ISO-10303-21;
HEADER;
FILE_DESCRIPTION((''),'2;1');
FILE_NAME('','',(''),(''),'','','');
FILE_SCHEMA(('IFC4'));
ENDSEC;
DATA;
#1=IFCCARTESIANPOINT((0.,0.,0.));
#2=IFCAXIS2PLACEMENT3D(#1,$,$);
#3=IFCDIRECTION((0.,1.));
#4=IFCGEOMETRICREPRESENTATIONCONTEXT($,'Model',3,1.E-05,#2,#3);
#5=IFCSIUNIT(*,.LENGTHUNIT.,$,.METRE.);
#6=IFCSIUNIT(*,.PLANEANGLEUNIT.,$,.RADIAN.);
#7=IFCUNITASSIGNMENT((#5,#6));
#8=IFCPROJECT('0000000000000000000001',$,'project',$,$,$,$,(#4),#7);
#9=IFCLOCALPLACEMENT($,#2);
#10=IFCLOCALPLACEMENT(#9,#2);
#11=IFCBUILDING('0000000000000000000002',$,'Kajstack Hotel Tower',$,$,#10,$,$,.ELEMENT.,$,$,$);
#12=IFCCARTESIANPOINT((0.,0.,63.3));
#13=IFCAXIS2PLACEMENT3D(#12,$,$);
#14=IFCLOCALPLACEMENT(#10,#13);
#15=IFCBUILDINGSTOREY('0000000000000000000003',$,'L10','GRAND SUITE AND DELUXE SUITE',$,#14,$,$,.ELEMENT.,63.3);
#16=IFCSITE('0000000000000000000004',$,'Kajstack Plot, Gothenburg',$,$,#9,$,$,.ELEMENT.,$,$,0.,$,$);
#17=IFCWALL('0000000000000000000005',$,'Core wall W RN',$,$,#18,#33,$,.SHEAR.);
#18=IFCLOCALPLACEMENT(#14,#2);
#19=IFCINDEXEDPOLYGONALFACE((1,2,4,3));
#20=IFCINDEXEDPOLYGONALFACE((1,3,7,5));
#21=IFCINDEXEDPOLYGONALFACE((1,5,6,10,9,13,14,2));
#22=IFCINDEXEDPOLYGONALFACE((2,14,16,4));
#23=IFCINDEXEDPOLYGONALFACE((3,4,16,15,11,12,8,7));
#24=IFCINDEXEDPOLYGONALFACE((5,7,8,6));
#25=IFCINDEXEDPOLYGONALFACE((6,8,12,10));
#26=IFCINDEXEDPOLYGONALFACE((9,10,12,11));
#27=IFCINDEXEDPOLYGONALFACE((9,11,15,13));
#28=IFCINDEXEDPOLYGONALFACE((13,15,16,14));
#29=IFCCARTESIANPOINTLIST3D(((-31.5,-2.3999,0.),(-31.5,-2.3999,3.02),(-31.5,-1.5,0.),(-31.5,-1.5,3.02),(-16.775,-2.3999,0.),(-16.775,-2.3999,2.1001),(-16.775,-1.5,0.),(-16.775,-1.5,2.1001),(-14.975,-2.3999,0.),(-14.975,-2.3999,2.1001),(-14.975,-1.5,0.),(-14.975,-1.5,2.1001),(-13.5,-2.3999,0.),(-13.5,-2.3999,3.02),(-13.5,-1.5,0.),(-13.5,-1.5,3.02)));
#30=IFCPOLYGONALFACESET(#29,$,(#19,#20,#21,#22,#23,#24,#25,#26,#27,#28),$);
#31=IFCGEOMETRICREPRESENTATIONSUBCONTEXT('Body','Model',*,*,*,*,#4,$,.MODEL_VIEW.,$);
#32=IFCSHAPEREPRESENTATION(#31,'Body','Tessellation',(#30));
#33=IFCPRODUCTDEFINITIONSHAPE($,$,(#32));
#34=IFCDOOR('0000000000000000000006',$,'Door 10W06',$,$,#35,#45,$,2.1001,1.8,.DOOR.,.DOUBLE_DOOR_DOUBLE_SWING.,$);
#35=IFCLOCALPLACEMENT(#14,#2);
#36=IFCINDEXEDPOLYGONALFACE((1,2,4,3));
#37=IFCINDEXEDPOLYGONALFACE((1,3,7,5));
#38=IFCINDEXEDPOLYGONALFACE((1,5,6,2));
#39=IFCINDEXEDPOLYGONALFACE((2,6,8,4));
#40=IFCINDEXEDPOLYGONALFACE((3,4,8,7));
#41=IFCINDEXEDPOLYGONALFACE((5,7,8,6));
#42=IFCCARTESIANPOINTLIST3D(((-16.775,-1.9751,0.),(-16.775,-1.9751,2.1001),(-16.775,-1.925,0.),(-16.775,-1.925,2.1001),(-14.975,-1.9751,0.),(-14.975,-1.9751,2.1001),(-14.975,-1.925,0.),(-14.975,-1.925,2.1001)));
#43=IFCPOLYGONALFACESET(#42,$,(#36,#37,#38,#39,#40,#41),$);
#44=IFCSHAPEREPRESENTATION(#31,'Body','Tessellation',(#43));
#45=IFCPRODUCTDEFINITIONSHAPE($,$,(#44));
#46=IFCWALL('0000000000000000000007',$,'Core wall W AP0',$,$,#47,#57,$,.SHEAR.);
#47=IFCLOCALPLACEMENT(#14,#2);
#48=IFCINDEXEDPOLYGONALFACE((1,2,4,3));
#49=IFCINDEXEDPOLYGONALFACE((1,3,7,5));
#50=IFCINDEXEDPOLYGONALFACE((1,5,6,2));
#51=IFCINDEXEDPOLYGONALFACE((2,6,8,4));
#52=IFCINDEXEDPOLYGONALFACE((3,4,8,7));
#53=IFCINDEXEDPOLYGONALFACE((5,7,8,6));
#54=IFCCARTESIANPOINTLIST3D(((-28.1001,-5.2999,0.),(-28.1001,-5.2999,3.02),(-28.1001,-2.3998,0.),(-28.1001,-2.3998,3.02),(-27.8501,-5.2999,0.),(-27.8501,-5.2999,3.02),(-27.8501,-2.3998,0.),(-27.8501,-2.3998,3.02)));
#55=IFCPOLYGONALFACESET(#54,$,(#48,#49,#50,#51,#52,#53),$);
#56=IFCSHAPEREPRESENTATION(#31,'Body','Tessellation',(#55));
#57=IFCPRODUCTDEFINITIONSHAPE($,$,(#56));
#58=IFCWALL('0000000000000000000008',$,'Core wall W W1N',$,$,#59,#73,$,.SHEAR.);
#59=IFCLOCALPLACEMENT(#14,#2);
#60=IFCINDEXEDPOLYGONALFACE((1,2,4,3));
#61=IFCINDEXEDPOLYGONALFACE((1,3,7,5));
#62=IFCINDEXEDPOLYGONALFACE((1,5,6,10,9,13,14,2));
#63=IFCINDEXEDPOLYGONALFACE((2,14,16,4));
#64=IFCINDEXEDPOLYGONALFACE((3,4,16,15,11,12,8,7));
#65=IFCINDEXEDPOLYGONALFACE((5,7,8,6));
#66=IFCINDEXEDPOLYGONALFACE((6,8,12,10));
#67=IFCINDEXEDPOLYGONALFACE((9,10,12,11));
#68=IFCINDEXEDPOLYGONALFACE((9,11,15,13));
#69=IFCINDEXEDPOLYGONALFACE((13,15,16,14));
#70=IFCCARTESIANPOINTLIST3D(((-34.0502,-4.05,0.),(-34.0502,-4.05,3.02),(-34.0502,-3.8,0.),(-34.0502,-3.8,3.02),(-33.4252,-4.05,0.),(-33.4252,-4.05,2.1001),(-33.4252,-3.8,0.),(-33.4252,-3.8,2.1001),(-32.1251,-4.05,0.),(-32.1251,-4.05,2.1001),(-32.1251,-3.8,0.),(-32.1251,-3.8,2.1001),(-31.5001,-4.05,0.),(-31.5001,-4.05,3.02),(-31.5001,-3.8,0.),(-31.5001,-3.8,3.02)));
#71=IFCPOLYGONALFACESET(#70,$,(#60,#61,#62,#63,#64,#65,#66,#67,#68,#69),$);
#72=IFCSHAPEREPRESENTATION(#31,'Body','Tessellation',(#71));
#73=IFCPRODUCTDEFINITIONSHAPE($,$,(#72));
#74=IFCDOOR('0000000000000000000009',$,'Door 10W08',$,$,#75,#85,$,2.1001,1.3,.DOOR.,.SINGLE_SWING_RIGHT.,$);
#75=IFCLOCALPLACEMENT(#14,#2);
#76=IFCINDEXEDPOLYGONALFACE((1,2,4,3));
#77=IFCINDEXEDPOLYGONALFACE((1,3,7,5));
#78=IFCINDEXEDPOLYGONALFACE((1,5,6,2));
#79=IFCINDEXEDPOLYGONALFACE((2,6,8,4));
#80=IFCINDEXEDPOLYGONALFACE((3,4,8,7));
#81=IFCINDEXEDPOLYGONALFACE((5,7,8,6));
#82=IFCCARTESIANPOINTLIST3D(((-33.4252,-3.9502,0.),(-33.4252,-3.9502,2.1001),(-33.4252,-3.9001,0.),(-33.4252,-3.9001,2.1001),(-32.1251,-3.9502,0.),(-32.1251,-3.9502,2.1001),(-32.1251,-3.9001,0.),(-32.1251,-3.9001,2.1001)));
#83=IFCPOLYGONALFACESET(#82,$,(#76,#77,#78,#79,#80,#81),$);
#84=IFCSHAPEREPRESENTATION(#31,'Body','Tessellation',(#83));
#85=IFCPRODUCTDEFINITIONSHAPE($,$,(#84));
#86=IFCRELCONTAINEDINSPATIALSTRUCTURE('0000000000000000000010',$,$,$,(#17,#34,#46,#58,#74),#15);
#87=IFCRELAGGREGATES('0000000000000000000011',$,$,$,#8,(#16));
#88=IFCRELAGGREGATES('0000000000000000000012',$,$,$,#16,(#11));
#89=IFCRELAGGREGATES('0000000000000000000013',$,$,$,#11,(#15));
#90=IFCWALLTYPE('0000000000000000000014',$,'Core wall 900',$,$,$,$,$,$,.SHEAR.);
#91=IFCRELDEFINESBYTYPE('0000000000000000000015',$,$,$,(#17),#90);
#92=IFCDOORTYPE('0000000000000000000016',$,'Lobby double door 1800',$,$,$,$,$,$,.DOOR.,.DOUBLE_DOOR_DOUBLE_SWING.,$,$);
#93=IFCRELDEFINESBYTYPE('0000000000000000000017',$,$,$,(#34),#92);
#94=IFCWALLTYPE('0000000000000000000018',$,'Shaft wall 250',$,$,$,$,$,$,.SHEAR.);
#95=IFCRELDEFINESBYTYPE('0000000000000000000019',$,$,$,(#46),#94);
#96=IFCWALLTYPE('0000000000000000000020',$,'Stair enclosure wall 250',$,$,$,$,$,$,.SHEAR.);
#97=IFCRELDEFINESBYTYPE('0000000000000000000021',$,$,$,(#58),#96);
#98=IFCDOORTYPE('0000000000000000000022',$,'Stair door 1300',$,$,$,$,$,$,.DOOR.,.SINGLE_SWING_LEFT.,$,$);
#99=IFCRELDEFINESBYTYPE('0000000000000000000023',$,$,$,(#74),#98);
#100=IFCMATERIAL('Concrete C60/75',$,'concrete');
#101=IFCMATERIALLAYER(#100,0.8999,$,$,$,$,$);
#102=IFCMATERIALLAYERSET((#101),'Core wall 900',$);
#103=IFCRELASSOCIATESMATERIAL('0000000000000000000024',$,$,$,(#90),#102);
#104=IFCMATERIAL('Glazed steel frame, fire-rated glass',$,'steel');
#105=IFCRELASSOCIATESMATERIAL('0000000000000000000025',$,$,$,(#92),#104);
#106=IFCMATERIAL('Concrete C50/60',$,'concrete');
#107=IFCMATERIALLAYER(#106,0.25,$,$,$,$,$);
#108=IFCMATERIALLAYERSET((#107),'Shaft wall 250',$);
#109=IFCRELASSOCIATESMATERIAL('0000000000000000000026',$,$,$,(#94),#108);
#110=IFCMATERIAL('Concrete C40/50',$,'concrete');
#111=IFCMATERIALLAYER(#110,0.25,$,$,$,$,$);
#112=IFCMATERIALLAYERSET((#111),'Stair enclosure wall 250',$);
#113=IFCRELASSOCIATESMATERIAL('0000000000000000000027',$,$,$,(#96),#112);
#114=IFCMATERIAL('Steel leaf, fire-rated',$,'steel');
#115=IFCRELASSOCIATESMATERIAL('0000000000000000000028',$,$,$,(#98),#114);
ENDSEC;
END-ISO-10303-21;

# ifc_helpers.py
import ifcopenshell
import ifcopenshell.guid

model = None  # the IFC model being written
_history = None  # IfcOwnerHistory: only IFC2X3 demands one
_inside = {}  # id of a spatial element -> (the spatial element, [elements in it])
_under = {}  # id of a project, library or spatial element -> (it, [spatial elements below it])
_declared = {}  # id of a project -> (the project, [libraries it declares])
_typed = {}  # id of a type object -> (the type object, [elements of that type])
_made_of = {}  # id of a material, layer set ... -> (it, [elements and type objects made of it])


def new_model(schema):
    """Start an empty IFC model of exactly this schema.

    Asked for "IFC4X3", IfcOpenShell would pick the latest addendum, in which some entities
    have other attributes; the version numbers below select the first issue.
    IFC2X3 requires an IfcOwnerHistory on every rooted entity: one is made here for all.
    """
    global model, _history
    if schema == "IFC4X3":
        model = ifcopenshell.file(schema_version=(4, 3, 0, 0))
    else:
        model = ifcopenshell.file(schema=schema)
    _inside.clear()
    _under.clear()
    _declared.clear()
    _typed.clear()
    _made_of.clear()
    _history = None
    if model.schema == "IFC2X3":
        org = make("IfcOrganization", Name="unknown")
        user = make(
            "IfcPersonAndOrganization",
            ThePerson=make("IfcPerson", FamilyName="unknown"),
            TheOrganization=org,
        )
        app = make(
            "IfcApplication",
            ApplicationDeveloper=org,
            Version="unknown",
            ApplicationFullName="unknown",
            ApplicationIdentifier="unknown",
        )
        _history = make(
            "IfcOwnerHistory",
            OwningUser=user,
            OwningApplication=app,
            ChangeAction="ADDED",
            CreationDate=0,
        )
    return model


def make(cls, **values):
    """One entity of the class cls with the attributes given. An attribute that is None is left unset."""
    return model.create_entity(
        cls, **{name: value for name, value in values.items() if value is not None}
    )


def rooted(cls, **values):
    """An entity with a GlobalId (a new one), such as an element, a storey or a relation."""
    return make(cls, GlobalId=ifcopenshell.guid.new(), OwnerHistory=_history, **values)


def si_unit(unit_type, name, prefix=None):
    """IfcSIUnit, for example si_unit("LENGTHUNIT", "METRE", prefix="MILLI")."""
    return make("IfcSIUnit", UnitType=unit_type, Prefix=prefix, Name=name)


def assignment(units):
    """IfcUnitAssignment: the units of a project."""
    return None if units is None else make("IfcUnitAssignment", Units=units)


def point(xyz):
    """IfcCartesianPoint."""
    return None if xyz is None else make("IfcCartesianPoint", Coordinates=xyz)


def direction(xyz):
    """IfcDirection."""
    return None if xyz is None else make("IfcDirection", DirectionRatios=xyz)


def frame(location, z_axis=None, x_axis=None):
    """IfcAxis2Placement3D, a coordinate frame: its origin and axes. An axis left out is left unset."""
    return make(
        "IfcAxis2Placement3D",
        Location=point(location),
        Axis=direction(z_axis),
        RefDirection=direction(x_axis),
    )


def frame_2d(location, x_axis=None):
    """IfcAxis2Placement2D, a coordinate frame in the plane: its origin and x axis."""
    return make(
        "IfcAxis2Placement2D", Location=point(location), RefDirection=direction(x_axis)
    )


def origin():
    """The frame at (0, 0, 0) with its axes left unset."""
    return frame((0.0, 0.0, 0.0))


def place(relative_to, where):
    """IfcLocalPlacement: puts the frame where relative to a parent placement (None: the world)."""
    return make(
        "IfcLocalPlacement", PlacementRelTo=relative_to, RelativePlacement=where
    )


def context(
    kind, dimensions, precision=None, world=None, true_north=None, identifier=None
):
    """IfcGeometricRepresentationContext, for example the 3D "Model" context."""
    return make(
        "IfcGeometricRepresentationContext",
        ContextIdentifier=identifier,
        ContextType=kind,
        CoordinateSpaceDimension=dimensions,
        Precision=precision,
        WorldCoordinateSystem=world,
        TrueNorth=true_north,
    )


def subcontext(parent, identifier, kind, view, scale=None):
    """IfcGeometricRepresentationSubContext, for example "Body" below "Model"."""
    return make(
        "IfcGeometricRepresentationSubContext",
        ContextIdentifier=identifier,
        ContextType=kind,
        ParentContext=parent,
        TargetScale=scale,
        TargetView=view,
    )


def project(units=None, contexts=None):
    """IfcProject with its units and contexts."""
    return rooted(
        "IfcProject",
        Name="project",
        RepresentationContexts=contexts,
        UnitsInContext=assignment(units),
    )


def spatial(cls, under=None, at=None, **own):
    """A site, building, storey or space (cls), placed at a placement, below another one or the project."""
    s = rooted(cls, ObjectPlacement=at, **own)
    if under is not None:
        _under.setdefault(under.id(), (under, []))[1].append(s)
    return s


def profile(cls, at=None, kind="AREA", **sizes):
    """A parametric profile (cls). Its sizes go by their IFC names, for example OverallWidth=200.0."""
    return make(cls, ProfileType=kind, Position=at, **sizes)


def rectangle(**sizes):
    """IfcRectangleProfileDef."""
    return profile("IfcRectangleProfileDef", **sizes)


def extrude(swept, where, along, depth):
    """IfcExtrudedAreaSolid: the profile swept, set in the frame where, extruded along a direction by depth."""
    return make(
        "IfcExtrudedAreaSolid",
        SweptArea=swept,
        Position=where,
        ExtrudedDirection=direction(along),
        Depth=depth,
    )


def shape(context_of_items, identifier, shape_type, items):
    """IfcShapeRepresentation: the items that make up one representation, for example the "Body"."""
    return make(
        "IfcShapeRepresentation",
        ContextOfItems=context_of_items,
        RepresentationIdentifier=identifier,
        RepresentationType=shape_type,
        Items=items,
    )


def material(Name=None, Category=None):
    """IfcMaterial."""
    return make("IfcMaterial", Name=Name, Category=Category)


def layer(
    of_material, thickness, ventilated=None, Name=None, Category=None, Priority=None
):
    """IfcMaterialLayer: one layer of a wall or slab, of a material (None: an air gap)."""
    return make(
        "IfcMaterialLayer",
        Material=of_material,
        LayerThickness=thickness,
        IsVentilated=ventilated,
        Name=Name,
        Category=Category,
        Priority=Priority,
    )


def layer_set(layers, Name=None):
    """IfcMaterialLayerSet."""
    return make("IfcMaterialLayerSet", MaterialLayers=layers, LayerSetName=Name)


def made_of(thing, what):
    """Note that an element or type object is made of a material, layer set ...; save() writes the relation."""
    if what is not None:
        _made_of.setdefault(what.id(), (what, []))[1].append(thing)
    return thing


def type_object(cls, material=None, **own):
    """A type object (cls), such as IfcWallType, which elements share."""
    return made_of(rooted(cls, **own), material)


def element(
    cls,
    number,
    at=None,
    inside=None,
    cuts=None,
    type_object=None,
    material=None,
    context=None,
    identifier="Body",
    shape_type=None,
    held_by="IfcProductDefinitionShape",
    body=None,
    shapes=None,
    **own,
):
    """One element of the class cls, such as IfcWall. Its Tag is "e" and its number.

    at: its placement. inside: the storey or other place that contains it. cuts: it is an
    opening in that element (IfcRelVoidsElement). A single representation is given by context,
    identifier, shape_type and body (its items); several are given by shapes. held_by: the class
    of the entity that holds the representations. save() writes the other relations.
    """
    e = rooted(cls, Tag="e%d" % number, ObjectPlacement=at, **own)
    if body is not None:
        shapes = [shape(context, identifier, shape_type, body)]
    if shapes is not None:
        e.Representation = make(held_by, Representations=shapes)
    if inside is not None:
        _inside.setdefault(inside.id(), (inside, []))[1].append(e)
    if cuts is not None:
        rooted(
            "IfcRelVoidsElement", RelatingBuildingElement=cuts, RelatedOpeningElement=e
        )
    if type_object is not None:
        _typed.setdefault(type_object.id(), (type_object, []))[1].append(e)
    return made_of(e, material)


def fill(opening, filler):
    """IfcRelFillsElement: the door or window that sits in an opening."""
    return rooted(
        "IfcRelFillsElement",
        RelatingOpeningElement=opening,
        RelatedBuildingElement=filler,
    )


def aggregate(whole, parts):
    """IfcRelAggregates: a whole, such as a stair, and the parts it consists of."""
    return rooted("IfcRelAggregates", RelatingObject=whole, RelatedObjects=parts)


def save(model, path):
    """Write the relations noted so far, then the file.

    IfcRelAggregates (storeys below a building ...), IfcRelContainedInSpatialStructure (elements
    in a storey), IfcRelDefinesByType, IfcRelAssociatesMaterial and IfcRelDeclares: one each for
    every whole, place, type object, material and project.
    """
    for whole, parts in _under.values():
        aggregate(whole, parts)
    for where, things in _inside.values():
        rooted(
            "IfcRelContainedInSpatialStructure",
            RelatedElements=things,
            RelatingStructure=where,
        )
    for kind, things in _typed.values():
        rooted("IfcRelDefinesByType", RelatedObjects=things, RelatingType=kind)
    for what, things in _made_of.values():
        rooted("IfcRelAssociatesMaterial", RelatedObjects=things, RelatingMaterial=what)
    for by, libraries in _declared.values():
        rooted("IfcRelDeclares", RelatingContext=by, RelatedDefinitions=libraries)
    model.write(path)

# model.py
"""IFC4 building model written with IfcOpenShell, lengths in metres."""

from ifc_helpers import new_model, si_unit, direction, frame, frame_2d, origin, place, context, subcontext, project, spatial, rectangle, extrude, material, layer, layer_set, type_object, element, fill, save


model = new_model("IFC4")

# Units and contexts
model_context = context("Model", 3, precision=1e-05, world=origin(), true_north=direction((0.0, 1.0)))
body_context = subcontext(model_context, "Body", "Model", "MODEL_VIEW")
ifc_project = project(units=[si_unit("LENGTHUNIT", "METRE"), si_unit("PLANEANGLEUNIT", "RADIAN")], contexts=[model_context])

# Site, building, storey
site_placement = place(None, origin())
site = spatial("IfcSite", under=ifc_project, at=site_placement, Name="Kajstack Plot, Gothenburg", CompositionType="ELEMENT", RefElevation=0.0)
building_placement = place(site_placement, origin())
building = spatial("IfcBuilding", under=site, at=building_placement, Name="Kajstack Hotel Tower", CompositionType="ELEMENT")
storey_placement = place(building_placement, frame((0.0, 0.0, 63.3)))
storey = spatial("IfcBuildingStorey", under=building, at=storey_placement, Name="L10", Description="GRAND SUITE AND DELUXE SUITE", CompositionType="ELEMENT", Elevation=63.3)

# Wall, opening, door
ifc_material_1 = material(Name="Concrete C60/75", Category="concrete")
ifc_layer_1 = layer(ifc_material_1, 0.8999)
ifc_layer_set_1 = layer_set([ifc_layer_1], Name="Core wall 900")
wall_type_1 = type_object("IfcWallType", Name="Core wall 900", PredefinedType="SHEAR", material=ifc_layer_set_1)
wall_1_placement = place(storey_placement, frame((-31.5, -1.95, 0.0), z_axis=(0.0, 0.0, 1.0), x_axis=(1.0, 0.0, 0.0)))
wall_1 = element("IfcWall", 1, at=wall_1_placement, inside=storey, type_object=wall_type_1, Name="Core wall W RN", PredefinedType="SHEAR", context=body_context, shape_type="SweptSolid", body=[
    extrude(rectangle(XDim=18.0, YDim=0.8999, at=frame_2d((9.0, 0.0))), origin(), (0.0, 0.0, 1.0), 3.02),
])
opening_1_placement = place(wall_1_placement, frame((14.7251, 0.0, 0.0)))
opening_1 = element("IfcOpeningElement", 2, at=opening_1_placement, cuts=wall_1, PredefinedType="OPENING", context=body_context, shape_type="SweptSolid", body=[
    extrude(rectangle(XDim=1.8, YDim=2.1001, at=frame_2d((0.8999, 1.05))), frame((0.0, 0.46, 0.0), z_axis=(0.0, -1.0, 0.0), x_axis=(1.0, 0.0, 0.0)), (0.0, 0.0, 1.0), 0.9199),
])
ifc_material_2 = material(Name="Glazed steel frame, fire-rated glass", Category="steel")
door_type_1 = type_object("IfcDoorType", Name="Lobby double door 1800", OperationType="DOUBLE_DOOR_DOUBLE_SWING", PredefinedType="DOOR", material=ifc_material_2)
door_1_placement = place(opening_1_placement, origin())
door_1 = element("IfcDoor", 3, at=door_1_placement, inside=storey, type_object=door_type_1, Name="Door 10W06", OperationType="DOUBLE_DOOR_DOUBLE_SWING", OverallHeight=2.1001, OverallWidth=1.8, PredefinedType="DOOR", context=body_context, shape_type="SweptSolid", body=[
    extrude(rectangle(XDim=1.8, YDim=2.1001, at=frame_2d((0.8999, 1.05))), frame((0.0, 0.0249, 0.0), z_axis=(0.0, -1.0, 0.0), x_axis=(1.0, 0.0, 0.0)), (0.0, 0.0, 1.0), 0.05),
])
fill(opening_1, door_1)

# Wall
ifc_material_3 = material(Name="Concrete C50/60", Category="concrete")
ifc_layer_2 = layer(ifc_material_3, 0.25)
ifc_layer_set_2 = layer_set([ifc_layer_2], Name="Shaft wall 250")
wall_type_2 = type_object("IfcWallType", Name="Shaft wall 250", PredefinedType="SHEAR", material=ifc_layer_set_2)
wall_2_placement = place(storey_placement, frame((-27.9751, -5.3, 0.0), z_axis=(0.0, 0.0, 1.0), x_axis=(0.0, 1.0, 0.0)))
element("IfcWall", 4, at=wall_2_placement, inside=storey, type_object=wall_type_2, Name="Core wall W AP0", PredefinedType="SHEAR", context=body_context, shape_type="SweptSolid", body=[
    extrude(rectangle(XDim=2.9001, YDim=0.25, at=frame_2d((1.4502, 0.0))), origin(), (0.0, 0.0, 1.0), 3.02),
])

# Wall, opening, door
ifc_material_4 = material(Name="Concrete C40/50", Category="concrete")
ifc_layer_3 = layer(ifc_material_4, 0.25)
ifc_layer_set_3 = layer_set([ifc_layer_3], Name="Stair enclosure wall 250")
wall_type_3 = type_object("IfcWallType", Name="Stair enclosure wall 250", PredefinedType="SHEAR", material=ifc_layer_set_3)
wall_3_placement = place(storey_placement, frame((-34.05, -3.925, 0.0), z_axis=(0.0, 0.0, 1.0), x_axis=(1.0, 0.0, 0.0)))
wall_3 = element("IfcWall", 5, at=wall_3_placement, inside=storey, type_object=wall_type_3, Name="Core wall W W1N", PredefinedType="SHEAR", context=body_context, shape_type="SweptSolid", body=[
    extrude(rectangle(XDim=2.55, YDim=0.25, at=frame_2d((1.2749, 0.0))), origin(), (0.0, 0.0, 1.0), 3.02),
])
opening_2_placement = place(wall_3_placement, frame((0.625, 0.0, 0.0)))
opening_2 = element("IfcOpeningElement", 6, at=opening_2_placement, cuts=wall_3, PredefinedType="OPENING", context=body_context, shape_type="SweptSolid", body=[
    extrude(rectangle(XDim=1.3, YDim=2.1001, at=frame_2d((0.6499, 1.05))), frame((0.0, 0.135, 0.0), z_axis=(0.0, -1.0, 0.0), x_axis=(1.0, 0.0, 0.0)), (0.0, 0.0, 1.0), 0.27),
])
ifc_material_5 = material(Name="Steel leaf, fire-rated", Category="steel")
door_type_2 = type_object("IfcDoorType", Name="Stair door 1300", OperationType="SINGLE_SWING_LEFT", PredefinedType="DOOR", material=ifc_material_5)
door_2_placement = place(opening_2_placement, origin())
door_2 = element("IfcDoor", 7, at=door_2_placement, inside=storey, type_object=door_type_2, Name="Door 10W08", OperationType="SINGLE_SWING_RIGHT", OverallHeight=2.1001, OverallWidth=1.3, PredefinedType="DOOR", context=body_context, shape_type="SweptSolid", body=[
    extrude(rectangle(XDim=1.3, YDim=2.1001, at=frame_2d((0.6499, 1.05))), frame((0.0, 0.0249, 0.0), z_axis=(0.0, -1.0, 0.0), x_axis=(1.0, 0.0, 0.0)), (0.0, 0.0, 1.0), 0.05),
])
fill(opening_2, door_2)

save(model, "model.ifc")
